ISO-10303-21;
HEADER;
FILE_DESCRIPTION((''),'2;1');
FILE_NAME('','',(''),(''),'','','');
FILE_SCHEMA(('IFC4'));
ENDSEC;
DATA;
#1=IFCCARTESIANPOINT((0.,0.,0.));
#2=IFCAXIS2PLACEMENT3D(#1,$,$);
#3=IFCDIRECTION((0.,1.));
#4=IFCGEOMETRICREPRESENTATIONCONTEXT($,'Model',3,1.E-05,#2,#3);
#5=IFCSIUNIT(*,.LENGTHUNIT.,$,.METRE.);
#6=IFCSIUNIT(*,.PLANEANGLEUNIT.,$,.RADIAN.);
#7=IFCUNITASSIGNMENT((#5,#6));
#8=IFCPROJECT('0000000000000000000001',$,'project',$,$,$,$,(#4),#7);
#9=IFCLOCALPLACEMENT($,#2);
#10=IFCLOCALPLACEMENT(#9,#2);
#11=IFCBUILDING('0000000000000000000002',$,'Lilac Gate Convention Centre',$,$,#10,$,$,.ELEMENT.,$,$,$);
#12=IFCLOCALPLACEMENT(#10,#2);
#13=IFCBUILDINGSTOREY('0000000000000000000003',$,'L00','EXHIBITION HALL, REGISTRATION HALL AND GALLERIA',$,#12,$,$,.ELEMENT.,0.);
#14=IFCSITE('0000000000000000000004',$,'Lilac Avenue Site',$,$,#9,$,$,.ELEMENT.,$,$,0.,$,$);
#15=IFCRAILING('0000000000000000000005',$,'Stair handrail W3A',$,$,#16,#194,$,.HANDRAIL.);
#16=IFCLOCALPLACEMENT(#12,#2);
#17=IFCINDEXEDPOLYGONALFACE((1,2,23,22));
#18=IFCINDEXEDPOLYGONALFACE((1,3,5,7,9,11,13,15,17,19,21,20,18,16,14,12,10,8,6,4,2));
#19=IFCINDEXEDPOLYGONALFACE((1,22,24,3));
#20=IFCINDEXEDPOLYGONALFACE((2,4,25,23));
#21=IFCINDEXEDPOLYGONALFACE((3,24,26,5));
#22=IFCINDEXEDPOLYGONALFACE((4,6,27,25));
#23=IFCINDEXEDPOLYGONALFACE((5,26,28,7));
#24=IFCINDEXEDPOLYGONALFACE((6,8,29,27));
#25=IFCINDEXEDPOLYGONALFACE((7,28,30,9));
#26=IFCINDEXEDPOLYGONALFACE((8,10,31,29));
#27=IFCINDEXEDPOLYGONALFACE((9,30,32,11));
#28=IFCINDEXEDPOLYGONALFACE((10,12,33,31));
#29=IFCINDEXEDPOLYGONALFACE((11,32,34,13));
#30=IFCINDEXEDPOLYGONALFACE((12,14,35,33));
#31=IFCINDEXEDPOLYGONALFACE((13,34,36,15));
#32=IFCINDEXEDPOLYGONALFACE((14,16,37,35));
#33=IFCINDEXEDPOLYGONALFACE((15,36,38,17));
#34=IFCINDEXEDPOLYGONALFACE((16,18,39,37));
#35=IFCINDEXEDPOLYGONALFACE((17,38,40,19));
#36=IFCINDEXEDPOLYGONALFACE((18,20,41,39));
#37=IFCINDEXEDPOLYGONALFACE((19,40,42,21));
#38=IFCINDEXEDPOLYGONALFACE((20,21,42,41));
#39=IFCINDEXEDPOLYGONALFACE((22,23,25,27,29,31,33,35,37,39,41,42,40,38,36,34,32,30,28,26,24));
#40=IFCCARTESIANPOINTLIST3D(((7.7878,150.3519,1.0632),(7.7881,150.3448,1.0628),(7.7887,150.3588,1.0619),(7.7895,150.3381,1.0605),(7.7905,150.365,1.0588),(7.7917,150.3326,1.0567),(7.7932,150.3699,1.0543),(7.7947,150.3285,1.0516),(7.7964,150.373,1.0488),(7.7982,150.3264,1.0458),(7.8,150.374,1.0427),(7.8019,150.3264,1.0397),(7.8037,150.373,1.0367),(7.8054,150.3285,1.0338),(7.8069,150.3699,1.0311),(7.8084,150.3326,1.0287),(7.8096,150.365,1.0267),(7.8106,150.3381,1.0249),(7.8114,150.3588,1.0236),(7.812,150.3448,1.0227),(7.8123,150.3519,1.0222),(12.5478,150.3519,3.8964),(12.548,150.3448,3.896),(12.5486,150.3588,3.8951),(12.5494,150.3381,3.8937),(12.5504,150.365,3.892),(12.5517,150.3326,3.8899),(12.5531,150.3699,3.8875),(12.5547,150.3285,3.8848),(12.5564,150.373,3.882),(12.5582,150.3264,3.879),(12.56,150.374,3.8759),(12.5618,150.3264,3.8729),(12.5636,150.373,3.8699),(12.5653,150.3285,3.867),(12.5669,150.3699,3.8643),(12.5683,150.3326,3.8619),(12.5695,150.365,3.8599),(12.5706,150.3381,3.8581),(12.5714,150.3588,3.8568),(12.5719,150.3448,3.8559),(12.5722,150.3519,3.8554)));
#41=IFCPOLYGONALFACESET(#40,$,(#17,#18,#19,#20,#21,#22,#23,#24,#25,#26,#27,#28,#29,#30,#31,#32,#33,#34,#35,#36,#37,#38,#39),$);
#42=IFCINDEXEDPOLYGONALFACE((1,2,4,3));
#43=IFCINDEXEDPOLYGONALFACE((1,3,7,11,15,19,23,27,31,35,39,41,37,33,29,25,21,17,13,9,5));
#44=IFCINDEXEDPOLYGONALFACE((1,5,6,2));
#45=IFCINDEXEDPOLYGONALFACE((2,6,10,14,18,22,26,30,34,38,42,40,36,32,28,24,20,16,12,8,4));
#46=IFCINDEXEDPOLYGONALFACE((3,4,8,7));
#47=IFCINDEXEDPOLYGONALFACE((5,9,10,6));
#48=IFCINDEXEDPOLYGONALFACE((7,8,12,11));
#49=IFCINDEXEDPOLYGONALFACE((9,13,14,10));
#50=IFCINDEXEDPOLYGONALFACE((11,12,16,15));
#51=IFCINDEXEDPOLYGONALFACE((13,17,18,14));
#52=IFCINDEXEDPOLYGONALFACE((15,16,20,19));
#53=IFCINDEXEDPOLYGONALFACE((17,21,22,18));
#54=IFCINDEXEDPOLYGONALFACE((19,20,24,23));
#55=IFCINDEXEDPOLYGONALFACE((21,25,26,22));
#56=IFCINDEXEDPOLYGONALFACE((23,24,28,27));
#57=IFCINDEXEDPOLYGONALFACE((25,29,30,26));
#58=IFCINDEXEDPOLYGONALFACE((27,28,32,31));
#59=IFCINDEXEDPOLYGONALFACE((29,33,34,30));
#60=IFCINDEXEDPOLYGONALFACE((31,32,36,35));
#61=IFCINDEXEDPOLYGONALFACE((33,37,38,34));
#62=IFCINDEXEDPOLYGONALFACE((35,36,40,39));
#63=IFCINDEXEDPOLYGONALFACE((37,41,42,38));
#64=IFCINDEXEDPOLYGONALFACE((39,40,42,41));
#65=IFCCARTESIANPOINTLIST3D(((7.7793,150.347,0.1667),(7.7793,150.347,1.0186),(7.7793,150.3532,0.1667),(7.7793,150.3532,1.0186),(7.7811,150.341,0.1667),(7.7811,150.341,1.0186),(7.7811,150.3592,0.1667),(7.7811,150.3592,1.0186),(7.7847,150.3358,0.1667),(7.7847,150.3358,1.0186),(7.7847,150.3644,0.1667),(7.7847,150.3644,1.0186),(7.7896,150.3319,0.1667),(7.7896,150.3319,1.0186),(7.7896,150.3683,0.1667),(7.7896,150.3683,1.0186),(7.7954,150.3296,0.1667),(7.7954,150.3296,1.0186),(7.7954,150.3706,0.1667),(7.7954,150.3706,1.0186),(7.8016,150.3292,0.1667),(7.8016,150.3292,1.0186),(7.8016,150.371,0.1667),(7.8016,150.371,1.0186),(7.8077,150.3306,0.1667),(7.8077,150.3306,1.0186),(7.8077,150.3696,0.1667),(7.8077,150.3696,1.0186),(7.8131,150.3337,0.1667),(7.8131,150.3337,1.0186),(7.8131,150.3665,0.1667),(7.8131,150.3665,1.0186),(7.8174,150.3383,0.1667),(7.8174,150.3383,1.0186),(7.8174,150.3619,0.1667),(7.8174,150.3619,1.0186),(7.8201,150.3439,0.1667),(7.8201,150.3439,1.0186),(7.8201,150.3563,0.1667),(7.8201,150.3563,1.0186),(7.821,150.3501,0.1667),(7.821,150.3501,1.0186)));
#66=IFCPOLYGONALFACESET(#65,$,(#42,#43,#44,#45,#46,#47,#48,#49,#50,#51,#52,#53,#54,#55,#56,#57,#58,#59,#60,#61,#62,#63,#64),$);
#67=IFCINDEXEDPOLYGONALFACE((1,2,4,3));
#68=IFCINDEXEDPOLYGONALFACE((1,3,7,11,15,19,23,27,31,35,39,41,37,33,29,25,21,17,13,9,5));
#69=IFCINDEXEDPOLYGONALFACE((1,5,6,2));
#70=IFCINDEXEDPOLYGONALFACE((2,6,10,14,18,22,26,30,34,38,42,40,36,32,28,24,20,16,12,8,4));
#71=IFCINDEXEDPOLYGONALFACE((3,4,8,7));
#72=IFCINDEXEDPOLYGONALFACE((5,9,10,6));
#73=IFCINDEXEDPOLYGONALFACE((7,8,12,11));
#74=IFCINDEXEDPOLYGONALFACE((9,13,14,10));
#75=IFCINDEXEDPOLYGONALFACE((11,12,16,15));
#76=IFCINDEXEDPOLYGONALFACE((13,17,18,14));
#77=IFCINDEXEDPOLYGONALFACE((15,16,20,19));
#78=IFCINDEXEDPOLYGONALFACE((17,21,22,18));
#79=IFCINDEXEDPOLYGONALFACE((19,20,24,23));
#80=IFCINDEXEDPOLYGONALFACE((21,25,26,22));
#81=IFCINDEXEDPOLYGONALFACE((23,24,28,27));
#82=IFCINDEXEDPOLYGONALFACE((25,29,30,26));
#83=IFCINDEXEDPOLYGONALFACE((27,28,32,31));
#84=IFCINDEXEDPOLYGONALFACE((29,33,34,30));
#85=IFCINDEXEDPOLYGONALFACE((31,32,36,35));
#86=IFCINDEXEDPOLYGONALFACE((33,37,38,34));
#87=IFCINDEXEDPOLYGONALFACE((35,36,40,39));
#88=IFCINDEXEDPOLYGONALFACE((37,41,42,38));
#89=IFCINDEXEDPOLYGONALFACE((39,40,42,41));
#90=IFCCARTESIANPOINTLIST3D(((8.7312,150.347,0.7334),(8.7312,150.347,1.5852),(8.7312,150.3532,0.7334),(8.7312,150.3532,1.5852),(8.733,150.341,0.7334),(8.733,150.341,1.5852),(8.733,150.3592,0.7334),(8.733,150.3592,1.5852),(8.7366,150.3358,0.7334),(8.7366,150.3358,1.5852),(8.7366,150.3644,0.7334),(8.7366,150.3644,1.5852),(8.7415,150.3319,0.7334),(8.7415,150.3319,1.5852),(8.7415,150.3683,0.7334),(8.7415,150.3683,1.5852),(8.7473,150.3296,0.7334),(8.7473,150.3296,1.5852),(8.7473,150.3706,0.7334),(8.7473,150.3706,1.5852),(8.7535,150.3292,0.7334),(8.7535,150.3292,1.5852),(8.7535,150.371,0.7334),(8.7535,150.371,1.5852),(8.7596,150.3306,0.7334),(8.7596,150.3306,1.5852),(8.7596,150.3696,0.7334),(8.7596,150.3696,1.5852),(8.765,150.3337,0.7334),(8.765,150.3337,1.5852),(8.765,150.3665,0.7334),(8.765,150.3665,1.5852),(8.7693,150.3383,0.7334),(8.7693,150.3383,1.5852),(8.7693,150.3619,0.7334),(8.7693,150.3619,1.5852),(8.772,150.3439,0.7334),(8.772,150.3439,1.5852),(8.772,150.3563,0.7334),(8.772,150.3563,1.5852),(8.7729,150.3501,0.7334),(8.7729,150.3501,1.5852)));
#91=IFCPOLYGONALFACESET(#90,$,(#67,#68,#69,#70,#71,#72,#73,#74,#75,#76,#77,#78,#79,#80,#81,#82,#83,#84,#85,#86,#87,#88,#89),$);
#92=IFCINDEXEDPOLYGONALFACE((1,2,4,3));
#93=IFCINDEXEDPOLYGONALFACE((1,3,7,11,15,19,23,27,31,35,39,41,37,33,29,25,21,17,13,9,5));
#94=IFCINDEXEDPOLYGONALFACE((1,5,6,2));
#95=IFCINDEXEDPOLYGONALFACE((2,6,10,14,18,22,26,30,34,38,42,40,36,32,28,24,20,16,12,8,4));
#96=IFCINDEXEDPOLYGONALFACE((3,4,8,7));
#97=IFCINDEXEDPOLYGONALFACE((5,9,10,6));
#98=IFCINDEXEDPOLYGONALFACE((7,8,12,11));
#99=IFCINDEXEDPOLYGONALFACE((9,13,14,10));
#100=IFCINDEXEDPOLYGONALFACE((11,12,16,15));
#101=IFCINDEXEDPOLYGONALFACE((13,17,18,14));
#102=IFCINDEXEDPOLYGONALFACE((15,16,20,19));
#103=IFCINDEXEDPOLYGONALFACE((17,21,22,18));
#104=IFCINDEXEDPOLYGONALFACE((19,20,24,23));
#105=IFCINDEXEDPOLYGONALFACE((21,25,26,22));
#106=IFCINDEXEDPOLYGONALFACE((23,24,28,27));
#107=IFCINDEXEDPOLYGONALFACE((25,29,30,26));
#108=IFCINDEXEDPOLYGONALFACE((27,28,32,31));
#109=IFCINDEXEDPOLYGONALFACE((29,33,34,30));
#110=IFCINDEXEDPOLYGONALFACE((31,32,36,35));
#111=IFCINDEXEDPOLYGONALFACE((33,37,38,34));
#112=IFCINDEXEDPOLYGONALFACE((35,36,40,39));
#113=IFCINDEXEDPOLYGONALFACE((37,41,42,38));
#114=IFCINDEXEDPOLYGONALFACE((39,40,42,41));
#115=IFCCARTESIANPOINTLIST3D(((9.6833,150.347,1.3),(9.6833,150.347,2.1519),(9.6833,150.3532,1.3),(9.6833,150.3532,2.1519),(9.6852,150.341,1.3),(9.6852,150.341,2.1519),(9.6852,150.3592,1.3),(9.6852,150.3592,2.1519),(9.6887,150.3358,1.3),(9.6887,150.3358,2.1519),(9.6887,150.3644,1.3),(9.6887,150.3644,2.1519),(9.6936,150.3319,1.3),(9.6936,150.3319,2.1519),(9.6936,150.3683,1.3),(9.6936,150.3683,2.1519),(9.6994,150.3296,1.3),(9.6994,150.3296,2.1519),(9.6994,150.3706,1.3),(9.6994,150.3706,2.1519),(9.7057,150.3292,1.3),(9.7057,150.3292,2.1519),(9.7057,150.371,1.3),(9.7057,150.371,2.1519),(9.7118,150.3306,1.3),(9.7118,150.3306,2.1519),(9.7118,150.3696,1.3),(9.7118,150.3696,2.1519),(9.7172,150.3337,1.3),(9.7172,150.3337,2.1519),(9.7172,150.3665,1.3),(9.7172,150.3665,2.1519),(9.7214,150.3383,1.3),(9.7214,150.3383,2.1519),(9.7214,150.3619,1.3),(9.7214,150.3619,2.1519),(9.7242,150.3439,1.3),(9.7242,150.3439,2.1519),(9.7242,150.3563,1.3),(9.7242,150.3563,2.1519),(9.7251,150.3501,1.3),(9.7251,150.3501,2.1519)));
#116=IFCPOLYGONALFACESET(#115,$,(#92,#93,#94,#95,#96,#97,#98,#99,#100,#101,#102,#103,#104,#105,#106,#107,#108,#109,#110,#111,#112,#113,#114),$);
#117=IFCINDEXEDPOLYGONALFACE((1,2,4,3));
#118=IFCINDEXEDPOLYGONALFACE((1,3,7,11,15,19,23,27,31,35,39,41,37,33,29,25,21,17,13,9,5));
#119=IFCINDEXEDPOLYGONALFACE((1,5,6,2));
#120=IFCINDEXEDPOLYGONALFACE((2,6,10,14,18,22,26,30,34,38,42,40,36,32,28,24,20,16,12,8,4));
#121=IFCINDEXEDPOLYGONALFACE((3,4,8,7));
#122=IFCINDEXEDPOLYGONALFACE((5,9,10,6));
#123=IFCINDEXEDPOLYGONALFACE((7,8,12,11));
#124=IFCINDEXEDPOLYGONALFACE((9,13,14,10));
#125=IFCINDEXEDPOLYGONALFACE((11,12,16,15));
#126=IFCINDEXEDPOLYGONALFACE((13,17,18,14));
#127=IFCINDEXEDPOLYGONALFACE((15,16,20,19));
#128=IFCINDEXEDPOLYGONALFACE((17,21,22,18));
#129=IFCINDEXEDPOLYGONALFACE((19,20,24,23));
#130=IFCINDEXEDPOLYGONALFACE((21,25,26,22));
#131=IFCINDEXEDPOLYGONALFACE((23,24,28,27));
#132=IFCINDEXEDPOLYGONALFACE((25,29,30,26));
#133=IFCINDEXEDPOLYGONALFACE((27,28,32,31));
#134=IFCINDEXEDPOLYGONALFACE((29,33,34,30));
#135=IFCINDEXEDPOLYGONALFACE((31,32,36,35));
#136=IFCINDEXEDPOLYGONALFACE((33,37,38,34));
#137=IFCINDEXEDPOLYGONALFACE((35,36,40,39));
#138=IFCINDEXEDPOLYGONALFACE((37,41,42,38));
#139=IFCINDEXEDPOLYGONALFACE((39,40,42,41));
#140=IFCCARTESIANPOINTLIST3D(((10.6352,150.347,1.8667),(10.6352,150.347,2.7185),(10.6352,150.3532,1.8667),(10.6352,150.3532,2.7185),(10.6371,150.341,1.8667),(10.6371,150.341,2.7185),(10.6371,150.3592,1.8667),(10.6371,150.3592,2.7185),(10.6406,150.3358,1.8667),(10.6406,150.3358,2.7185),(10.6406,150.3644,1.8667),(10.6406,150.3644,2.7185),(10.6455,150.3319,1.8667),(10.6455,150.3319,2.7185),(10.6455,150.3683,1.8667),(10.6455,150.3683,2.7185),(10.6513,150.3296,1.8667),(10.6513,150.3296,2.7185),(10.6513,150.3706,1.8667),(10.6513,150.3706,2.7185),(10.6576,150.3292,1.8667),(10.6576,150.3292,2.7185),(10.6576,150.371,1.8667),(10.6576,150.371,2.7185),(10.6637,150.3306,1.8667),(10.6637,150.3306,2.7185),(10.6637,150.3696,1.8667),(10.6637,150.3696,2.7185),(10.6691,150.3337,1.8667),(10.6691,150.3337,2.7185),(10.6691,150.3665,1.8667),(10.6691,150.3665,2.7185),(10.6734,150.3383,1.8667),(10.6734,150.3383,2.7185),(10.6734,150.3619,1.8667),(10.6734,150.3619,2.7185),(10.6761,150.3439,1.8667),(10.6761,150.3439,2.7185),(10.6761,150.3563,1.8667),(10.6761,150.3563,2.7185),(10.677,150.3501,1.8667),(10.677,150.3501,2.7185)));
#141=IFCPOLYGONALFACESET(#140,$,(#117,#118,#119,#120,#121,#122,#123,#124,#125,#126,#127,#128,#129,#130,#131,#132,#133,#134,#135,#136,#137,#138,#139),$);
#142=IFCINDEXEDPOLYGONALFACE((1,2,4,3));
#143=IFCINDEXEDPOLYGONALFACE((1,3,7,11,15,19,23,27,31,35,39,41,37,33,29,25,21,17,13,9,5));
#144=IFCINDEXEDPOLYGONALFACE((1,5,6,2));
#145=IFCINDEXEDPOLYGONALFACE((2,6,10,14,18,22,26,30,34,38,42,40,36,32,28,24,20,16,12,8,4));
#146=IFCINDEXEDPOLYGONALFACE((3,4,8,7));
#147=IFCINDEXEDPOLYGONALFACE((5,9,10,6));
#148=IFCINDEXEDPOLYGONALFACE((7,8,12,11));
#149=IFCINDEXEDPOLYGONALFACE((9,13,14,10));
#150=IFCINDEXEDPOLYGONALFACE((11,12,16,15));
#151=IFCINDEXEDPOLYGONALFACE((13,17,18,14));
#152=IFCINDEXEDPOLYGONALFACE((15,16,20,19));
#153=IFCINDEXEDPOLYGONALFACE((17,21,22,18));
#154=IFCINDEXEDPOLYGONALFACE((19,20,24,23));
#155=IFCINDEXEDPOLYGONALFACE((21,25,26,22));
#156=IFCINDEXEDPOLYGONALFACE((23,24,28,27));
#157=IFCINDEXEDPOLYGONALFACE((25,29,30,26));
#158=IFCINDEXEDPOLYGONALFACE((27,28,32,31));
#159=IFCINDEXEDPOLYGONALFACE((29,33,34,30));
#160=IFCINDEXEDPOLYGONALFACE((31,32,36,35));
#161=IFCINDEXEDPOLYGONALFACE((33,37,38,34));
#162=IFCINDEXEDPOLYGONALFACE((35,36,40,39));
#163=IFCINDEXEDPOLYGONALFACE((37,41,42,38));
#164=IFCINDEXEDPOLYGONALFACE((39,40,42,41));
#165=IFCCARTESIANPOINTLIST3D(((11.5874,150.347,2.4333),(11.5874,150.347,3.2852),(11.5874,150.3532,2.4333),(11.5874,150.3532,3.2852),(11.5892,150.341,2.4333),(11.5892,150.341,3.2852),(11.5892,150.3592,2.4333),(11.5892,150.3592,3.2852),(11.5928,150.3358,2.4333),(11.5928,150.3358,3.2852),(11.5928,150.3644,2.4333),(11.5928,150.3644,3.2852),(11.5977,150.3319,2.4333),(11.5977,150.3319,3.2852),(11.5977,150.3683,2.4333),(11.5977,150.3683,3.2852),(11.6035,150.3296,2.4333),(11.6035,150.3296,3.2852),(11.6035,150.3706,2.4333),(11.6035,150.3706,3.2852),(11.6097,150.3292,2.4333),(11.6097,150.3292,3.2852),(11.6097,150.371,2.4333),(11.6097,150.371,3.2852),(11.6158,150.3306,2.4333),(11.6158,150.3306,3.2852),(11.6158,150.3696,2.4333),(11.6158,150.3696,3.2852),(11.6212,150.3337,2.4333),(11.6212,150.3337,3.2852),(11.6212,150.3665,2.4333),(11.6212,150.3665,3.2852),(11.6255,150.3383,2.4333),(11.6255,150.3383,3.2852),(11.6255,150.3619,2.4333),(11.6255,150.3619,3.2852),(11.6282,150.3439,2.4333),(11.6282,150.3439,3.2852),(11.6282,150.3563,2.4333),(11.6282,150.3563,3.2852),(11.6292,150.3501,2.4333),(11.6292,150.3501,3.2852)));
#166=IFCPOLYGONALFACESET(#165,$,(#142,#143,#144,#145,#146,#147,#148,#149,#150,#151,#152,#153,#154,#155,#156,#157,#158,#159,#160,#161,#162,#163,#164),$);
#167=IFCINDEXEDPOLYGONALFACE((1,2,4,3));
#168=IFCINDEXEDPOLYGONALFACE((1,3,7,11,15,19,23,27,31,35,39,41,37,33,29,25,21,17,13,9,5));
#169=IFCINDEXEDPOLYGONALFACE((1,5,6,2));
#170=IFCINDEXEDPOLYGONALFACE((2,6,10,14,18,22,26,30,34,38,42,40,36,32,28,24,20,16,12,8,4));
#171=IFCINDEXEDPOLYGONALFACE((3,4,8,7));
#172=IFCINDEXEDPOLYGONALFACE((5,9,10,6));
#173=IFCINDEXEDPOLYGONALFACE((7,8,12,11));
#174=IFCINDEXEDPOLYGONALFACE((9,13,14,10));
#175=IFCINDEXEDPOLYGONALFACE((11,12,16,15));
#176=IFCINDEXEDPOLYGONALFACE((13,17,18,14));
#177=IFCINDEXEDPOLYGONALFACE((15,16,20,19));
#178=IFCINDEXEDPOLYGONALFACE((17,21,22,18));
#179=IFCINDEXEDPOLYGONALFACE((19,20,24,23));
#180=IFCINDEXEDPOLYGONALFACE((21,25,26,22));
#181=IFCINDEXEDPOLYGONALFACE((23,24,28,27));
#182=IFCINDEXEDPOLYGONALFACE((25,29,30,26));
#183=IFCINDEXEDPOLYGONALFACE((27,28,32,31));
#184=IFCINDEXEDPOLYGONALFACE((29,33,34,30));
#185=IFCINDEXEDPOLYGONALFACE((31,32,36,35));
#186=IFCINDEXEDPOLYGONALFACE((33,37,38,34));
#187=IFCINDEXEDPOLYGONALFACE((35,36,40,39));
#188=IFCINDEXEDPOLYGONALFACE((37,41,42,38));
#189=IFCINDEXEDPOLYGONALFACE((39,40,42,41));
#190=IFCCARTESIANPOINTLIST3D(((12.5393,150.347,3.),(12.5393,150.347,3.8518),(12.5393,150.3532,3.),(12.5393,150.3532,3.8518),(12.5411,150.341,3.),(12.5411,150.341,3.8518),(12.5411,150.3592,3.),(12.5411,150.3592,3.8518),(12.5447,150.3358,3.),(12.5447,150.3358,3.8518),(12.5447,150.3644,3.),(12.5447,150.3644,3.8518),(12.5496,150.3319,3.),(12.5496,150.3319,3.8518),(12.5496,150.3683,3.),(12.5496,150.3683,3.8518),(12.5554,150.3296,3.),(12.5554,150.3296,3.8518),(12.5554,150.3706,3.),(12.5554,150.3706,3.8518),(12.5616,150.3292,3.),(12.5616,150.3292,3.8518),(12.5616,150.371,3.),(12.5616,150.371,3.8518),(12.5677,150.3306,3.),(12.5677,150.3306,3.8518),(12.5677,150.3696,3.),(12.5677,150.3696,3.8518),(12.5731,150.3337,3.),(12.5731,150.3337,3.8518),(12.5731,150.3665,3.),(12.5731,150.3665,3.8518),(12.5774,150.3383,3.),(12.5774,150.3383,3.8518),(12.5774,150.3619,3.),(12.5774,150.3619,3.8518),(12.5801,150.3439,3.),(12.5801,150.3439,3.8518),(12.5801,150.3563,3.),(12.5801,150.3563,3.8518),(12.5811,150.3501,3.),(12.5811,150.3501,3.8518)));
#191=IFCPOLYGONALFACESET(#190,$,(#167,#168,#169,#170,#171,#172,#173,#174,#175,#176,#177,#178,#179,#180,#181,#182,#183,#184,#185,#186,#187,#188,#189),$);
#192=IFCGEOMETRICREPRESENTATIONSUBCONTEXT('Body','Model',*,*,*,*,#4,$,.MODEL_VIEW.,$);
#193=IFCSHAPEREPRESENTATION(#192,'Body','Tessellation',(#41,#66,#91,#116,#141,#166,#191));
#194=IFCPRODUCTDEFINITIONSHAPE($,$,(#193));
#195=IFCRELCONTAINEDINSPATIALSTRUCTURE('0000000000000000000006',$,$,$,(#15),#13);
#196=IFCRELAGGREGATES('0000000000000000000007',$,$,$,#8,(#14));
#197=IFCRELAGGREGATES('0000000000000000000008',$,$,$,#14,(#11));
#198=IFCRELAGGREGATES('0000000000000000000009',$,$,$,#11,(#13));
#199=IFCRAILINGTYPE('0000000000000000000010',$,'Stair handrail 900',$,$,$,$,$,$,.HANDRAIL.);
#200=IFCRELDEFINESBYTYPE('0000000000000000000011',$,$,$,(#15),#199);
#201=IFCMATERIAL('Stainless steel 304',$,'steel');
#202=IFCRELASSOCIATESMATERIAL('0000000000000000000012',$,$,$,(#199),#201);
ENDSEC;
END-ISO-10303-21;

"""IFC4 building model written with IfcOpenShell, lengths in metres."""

from ifc_helpers import new_model, si_unit, direction, frame, origin, origin_2d, place, context, subcontext, project, spatial, circle, extrude, material, type_object, element, save


model = new_model("IFC4")

# Units and contexts
model_context = context("Model", 3, precision=1e-05, world=origin(), true_north=direction((0.0, 1.0)))
body_context = subcontext(model_context, "Body", "Model", "MODEL_VIEW")
ifc_project = project(units=[si_unit("LENGTHUNIT", "METRE"), si_unit("PLANEANGLEUNIT", "RADIAN")], contexts=[model_context])

# Site, building, storey
site_placement = place(None, origin())
site = spatial("IfcSite", under=ifc_project, at=site_placement, Name="Lilac Avenue Site", CompositionType="ELEMENT", RefElevation=0.0)
building_placement = place(site_placement, origin())
building = spatial("IfcBuilding", under=site, at=building_placement, Name="Lilac Gate Convention Centre", CompositionType="ELEMENT")
storey_placement = place(building_placement, origin())
storey = spatial("IfcBuildingStorey", under=building, at=storey_placement, Name="L00", Description="EXHIBITION HALL, REGISTRATION HALL AND GALLERIA", CompositionType="ELEMENT", Elevation=0.0)

# Railing
ifc_material_1 = material(Name="Stainless steel 304", Category="steel")
railing_type = type_object("IfcRailingType", Name="Stair handrail 900", PredefinedType="HANDRAIL", material=ifc_material_1)
for number, where, name in (
    (1, (7.8, 150.3501, 0.1667), "Stair handrail W3A"),
):
    element("IfcRailing", number, at=place(storey_placement, frame(where)), inside=storey, type_object=railing_type, Name=name, PredefinedType="HANDRAIL", context=body_context, shape_type="SweptSolid", body=[
        extrude(circle(Radius=0.0239, at=origin_2d()), frame((0.0, 0.0, 0.876), z_axis=(0.8593, 0.0, 0.511472), x_axis=(0.0, 1.0, 0.0)), (0.0, 0.0, 1.0), 5.5393),
        extrude(circle(Radius=0.021, at=origin_2d()), origin(), (0.0, 0.0, 1.0), 0.8518),
        extrude(circle(Radius=0.021, at=origin_2d()), frame((0.9519, 0.0, 0.5667)), (0.0, 0.0, 1.0), 0.8518),
        extrude(circle(Radius=0.021, at=origin_2d()), frame((1.9041, 0.0, 1.1333)), (0.0, 0.0, 1.0), 0.8518),
        extrude(circle(Radius=0.021, at=origin_2d()), frame((2.856, 0.0, 1.7)), (0.0, 0.0, 1.0), 0.8518),
        extrude(circle(Radius=0.021, at=origin_2d()), frame((3.8081, 0.0, 2.2666)), (0.0, 0.0, 1.0), 0.8518),
        extrude(circle(Radius=0.021, at=origin_2d()), frame((4.76, 0.0, 2.8333)), (0.0, 0.0, 1.0), 0.8518),
    ])

save(model, "model.ifc")
